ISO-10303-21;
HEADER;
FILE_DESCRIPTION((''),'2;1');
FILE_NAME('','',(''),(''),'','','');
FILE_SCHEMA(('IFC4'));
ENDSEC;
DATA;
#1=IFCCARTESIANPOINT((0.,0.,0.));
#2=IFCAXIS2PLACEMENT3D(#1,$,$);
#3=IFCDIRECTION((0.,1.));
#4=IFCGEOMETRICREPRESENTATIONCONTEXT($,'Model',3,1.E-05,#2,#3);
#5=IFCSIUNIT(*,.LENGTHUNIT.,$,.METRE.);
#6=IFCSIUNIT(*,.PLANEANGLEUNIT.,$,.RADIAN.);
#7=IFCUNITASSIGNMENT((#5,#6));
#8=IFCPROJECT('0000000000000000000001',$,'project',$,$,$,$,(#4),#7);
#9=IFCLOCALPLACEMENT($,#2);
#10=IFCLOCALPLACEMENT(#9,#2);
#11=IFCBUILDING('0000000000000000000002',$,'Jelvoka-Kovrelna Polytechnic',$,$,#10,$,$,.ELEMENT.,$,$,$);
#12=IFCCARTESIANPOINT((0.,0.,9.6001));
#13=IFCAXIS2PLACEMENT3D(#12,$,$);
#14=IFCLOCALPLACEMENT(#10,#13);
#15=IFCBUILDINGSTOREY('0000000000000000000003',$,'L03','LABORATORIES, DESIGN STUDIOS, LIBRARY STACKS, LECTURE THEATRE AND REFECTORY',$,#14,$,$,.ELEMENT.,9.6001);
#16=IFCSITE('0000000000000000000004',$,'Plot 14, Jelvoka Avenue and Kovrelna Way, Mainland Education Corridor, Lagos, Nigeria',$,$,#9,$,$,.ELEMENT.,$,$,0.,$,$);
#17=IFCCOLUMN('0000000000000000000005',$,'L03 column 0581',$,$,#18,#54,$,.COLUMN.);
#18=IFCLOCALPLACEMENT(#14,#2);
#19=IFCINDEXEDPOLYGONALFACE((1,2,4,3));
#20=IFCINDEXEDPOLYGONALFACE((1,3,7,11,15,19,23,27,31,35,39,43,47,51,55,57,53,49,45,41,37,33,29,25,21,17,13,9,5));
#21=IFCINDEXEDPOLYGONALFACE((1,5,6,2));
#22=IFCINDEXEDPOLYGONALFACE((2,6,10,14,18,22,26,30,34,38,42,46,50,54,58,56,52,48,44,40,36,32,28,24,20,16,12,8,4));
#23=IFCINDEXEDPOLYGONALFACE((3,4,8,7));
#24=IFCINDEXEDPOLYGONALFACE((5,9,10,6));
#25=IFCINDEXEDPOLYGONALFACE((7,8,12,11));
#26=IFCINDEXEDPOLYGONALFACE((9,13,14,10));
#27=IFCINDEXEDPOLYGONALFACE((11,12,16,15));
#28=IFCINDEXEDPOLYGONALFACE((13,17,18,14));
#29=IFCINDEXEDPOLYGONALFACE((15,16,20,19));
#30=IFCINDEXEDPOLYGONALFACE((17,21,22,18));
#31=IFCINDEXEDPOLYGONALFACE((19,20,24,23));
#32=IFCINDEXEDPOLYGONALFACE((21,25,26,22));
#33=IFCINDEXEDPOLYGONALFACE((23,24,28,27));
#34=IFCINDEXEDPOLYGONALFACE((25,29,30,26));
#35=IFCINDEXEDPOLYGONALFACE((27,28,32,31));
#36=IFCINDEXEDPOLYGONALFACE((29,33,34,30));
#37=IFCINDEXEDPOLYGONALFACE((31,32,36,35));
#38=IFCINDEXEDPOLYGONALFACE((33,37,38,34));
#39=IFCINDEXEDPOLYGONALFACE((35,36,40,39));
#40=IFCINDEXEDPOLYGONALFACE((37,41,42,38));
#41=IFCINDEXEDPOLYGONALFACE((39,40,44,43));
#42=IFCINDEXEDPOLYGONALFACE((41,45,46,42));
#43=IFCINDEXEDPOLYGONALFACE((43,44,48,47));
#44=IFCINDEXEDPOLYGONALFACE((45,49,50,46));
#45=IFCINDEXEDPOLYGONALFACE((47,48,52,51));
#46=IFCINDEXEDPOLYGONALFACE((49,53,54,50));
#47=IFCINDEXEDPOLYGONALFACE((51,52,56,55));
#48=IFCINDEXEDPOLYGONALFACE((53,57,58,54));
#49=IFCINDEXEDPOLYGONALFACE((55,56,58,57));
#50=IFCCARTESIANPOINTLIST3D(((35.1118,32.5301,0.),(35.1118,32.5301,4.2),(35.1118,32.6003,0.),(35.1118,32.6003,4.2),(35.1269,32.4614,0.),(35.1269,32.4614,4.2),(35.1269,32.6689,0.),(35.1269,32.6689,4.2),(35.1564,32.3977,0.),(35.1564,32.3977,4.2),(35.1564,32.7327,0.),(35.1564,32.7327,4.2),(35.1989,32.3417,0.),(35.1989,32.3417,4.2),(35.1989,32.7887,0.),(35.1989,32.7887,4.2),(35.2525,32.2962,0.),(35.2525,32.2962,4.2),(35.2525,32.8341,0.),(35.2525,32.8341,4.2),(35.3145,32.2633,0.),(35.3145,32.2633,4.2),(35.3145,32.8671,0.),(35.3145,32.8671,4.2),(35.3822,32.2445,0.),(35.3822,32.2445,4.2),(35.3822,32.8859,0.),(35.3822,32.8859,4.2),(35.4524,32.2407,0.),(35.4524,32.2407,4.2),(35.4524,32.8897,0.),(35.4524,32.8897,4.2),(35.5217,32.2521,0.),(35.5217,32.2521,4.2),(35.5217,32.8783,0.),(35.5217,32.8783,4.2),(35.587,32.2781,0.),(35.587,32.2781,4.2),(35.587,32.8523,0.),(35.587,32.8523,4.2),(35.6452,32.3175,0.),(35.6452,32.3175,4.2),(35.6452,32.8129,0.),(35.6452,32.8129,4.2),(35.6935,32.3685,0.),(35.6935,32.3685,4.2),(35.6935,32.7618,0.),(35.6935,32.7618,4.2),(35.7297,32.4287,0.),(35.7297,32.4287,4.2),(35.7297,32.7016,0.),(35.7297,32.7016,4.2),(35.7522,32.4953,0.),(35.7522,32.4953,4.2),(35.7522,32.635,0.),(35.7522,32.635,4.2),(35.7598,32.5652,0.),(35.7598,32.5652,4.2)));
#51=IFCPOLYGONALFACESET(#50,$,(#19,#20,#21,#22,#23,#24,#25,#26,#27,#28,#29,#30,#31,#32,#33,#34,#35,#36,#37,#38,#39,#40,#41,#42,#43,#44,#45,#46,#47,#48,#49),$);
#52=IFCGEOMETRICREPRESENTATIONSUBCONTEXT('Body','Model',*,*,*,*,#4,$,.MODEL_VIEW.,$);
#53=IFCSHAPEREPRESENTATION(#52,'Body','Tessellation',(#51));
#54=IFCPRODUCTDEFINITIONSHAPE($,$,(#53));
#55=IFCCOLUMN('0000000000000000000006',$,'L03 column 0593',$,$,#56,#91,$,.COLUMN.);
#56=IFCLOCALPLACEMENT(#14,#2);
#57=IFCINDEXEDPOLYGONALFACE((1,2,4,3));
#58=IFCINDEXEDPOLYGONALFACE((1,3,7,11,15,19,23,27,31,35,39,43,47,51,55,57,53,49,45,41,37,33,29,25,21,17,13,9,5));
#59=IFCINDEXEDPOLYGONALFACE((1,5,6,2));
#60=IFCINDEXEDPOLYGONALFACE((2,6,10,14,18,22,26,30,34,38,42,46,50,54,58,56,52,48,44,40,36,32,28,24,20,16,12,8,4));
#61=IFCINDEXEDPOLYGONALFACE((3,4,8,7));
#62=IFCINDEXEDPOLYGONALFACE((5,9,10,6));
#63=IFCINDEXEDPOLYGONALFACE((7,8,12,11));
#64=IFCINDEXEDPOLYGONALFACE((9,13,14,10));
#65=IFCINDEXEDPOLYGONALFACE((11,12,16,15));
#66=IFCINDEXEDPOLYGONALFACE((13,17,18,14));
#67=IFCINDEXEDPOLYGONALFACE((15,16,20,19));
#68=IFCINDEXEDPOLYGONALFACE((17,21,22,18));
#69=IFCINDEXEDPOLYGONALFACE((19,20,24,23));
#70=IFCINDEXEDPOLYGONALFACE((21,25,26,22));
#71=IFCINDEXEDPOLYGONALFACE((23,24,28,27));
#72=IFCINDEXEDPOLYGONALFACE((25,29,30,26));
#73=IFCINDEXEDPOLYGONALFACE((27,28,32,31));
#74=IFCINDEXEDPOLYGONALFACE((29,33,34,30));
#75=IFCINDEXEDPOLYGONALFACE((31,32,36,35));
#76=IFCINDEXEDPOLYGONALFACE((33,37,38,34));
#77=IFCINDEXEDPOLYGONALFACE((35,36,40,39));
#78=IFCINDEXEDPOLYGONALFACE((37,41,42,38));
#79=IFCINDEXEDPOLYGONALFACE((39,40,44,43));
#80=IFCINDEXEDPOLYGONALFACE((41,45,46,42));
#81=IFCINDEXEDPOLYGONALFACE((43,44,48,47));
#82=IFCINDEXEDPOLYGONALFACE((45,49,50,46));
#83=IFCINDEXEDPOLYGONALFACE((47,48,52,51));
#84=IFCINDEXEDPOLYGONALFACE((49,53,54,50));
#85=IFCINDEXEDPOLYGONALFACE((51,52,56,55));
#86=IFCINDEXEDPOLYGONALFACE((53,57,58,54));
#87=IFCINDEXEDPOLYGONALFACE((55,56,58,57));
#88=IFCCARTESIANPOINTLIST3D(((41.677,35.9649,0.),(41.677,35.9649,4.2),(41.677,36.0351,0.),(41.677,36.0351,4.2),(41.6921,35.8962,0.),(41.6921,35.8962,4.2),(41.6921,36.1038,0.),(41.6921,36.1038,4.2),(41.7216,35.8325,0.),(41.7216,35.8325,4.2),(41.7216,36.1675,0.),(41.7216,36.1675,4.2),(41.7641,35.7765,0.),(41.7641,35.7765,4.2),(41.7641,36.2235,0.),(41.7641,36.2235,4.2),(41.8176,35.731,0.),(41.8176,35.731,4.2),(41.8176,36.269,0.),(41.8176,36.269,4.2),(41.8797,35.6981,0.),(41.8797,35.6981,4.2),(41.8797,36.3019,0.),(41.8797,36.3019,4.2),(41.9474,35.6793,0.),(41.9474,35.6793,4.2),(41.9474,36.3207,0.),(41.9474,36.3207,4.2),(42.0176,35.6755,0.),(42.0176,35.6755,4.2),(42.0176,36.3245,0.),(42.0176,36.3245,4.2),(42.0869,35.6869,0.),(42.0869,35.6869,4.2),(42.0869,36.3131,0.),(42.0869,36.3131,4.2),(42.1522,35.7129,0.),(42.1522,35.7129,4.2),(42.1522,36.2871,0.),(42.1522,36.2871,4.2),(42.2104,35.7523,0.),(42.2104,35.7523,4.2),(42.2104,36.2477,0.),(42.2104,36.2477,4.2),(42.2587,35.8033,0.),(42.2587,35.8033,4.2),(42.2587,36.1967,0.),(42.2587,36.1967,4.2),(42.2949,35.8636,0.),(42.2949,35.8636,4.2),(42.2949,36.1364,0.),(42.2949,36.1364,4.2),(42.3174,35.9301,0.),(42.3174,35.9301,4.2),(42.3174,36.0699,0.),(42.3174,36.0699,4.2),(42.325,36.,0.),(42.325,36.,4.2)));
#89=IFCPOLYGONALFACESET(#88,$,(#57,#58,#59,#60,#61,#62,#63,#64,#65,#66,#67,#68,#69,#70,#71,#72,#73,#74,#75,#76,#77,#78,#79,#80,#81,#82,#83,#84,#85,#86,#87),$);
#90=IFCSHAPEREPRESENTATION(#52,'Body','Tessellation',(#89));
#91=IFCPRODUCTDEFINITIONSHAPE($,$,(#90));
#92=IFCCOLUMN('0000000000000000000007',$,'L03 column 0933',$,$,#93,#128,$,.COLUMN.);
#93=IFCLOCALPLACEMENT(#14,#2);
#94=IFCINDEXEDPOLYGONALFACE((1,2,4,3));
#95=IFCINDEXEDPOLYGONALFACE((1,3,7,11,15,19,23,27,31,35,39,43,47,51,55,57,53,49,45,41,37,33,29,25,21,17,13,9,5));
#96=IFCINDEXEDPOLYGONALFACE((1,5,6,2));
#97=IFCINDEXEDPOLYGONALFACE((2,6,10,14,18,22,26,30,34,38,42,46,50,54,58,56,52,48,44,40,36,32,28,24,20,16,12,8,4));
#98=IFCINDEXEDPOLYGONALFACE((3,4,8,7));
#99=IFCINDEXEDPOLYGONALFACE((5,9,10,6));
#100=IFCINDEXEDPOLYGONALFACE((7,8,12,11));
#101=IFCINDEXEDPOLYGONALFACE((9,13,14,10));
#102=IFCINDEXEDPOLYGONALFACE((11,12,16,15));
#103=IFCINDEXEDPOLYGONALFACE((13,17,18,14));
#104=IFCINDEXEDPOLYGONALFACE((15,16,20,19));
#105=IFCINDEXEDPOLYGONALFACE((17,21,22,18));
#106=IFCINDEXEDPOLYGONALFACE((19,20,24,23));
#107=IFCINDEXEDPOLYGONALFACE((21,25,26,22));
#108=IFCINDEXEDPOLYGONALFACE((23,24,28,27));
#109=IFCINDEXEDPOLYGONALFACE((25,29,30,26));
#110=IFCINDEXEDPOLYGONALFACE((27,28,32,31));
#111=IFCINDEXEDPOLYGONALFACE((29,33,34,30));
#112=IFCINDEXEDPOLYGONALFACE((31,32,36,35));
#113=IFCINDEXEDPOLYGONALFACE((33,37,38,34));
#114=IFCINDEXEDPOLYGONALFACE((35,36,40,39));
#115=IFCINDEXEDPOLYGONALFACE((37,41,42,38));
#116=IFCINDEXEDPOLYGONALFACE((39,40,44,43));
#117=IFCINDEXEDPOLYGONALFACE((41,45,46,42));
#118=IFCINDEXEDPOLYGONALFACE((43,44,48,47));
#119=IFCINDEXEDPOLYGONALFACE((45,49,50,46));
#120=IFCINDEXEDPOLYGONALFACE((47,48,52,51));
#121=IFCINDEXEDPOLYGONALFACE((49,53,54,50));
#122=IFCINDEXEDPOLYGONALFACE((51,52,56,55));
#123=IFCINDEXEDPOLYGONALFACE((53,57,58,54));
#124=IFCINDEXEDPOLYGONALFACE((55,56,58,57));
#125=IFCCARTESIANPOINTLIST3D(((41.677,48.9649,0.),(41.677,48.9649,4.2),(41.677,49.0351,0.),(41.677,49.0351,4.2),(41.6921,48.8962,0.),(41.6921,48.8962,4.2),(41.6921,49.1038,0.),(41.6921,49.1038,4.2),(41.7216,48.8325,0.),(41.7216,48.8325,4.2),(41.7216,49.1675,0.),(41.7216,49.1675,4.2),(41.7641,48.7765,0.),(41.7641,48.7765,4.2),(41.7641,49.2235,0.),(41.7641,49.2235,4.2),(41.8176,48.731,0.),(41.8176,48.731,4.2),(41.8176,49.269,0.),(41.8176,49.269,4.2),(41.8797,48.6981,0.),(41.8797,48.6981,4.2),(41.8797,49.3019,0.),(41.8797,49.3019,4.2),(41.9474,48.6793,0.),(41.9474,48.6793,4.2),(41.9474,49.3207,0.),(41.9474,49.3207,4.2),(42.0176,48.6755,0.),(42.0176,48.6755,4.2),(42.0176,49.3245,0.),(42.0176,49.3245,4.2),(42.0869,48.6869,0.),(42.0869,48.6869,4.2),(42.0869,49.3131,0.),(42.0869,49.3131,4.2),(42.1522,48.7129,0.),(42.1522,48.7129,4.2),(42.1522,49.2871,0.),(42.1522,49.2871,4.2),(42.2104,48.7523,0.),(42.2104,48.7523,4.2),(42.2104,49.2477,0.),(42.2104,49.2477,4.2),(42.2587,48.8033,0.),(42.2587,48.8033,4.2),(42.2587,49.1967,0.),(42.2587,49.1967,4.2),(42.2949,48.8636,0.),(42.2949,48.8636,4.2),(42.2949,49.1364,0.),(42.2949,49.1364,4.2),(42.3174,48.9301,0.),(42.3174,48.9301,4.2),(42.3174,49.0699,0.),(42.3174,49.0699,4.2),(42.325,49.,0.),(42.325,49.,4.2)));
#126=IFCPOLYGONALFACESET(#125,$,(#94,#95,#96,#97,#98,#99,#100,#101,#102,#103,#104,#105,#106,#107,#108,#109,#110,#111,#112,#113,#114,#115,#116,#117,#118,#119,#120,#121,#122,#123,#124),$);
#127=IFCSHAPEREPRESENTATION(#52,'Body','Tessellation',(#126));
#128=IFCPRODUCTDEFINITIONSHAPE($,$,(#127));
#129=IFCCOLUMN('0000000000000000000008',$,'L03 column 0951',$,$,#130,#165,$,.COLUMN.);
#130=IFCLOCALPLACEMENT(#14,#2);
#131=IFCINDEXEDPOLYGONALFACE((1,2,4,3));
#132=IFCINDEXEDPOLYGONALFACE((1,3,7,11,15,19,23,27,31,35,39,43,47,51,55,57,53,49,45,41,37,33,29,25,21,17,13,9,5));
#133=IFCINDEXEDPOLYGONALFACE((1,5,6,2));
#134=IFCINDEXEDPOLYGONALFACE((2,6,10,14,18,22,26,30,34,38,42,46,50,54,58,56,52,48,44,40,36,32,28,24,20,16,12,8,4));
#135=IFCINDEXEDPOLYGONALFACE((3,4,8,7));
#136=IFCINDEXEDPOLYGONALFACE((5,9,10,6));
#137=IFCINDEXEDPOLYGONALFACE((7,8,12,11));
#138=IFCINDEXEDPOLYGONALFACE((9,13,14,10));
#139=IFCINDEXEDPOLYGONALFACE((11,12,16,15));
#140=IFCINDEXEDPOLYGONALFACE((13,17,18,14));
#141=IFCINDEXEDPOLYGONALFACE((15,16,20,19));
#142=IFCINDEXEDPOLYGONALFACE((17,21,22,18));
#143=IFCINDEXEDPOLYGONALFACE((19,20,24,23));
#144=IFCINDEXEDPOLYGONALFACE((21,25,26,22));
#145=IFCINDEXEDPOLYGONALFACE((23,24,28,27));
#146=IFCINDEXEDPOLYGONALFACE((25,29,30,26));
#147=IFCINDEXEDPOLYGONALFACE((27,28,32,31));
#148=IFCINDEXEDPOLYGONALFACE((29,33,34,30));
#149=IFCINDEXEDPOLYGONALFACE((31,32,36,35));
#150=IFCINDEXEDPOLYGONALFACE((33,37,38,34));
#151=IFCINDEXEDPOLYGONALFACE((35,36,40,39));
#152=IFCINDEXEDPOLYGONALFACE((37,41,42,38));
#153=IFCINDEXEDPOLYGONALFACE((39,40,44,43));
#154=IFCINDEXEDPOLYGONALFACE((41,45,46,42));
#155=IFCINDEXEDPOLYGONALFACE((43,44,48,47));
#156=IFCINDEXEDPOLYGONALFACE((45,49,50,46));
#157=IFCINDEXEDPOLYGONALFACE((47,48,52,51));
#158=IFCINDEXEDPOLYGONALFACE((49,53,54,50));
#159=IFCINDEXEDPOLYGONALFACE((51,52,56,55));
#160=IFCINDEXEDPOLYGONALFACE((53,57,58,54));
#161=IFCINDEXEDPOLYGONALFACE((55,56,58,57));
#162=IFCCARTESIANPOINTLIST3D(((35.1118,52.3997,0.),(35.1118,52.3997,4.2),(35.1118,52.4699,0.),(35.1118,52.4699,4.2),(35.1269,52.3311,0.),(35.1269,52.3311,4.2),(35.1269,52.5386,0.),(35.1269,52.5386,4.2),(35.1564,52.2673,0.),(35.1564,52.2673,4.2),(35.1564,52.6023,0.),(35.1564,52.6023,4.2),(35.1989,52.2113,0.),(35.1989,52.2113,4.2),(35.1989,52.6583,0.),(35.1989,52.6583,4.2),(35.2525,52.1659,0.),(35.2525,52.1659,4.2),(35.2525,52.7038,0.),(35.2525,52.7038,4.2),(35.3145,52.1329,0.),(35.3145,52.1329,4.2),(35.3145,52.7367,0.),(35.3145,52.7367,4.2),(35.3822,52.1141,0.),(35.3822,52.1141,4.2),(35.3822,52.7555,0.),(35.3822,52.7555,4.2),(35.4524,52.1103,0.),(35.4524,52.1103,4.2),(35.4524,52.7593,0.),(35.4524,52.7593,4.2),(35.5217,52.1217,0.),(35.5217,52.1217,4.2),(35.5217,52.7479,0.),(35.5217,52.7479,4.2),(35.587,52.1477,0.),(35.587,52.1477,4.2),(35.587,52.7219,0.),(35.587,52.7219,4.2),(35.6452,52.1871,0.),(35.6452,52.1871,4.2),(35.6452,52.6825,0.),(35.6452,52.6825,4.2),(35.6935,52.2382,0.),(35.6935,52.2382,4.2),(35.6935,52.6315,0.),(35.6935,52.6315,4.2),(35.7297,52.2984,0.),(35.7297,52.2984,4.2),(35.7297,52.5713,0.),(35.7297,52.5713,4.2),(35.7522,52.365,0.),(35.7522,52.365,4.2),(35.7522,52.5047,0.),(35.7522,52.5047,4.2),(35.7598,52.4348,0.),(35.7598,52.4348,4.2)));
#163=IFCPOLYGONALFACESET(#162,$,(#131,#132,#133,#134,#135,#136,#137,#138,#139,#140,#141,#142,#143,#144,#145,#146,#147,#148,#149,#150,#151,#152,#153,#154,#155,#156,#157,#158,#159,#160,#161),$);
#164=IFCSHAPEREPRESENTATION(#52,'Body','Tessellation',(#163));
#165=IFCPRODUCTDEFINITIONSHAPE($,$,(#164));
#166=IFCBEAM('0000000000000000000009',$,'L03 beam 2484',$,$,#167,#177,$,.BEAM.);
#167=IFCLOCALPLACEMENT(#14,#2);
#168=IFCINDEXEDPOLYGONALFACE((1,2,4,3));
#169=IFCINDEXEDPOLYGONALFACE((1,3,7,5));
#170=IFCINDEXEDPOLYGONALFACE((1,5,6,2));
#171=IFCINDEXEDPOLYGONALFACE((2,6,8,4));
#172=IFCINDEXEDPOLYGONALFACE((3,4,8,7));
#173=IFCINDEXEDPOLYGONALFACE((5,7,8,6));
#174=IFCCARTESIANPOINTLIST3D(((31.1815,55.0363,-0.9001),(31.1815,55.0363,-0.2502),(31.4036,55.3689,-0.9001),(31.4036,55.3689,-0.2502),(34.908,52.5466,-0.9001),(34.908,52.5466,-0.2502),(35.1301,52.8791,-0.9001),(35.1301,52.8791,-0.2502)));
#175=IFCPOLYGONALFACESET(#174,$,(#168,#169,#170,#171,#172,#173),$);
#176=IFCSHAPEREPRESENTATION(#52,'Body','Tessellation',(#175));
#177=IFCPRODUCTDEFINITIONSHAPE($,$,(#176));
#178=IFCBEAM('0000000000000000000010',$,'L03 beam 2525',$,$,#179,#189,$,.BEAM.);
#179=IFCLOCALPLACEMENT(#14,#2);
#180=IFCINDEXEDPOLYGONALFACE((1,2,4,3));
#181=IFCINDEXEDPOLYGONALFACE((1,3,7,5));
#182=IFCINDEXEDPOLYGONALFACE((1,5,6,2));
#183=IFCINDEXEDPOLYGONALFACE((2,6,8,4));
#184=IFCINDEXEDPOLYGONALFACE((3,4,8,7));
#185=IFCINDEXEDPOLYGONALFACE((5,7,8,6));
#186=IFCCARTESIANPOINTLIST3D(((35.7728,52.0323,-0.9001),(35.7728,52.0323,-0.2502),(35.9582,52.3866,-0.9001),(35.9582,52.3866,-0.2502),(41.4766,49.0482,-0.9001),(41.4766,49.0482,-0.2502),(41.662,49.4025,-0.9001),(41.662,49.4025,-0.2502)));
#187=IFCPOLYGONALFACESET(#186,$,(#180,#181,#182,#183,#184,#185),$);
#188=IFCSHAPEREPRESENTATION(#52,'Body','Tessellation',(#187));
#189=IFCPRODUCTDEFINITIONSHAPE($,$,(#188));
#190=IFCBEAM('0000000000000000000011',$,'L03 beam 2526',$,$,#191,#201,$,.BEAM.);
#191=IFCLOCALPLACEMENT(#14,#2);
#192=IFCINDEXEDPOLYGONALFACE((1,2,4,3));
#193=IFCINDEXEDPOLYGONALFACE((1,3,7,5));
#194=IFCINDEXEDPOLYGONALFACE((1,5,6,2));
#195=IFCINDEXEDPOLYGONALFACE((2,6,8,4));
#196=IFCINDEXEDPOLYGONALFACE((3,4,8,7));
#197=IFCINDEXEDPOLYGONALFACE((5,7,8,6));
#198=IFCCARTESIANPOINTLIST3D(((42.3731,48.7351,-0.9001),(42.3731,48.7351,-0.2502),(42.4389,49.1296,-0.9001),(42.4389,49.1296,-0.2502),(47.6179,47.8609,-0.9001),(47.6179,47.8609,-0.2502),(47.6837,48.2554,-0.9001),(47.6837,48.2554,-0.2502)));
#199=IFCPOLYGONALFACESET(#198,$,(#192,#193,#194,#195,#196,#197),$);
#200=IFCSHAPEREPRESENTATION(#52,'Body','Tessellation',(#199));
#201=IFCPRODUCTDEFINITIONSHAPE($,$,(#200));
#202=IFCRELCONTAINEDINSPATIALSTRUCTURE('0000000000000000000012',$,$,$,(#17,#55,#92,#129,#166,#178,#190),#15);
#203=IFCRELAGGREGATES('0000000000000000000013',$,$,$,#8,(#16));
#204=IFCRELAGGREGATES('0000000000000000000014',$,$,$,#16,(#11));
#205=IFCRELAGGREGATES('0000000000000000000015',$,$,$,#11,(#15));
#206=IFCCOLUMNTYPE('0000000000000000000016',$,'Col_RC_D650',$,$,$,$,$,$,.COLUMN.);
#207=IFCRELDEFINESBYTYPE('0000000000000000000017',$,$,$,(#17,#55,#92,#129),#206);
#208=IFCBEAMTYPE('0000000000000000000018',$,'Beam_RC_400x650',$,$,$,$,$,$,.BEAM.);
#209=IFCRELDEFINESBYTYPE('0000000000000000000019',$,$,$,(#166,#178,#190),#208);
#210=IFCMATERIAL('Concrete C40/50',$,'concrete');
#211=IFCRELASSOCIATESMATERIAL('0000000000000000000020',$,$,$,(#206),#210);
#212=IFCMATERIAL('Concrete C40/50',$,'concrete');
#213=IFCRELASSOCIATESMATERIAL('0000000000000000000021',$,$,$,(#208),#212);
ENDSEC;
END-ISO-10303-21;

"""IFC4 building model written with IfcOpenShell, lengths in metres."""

from ifc_helpers import new_model, si_unit, direction, frame, origin, origin_2d, place, context, subcontext, project, spatial, rectangle, circle, extrude, material, material_profile, profile_set, type_object, element, save


model = new_model("IFC4")

# Units and contexts
model_context = context("Model", 3, precision=1e-05, world=origin(), true_north=direction((0.0, 1.0)))
body_context = subcontext(model_context, "Body", "Model", "MODEL_VIEW")
ifc_project = project(units=[si_unit("LENGTHUNIT", "METRE"), si_unit("PLANEANGLEUNIT", "RADIAN")], contexts=[model_context])

# Site, building, storey
site_placement = place(None, origin())
site = spatial("IfcSite", under=ifc_project, at=site_placement, Name="Plot 14, Jelvoka Avenue and Kovrelna Way, Mainland Education Corridor, Lagos, Nigeria", CompositionType="ELEMENT", RefElevation=0.0)
building_placement = place(site_placement, origin())
building = spatial("IfcBuilding", under=site, at=building_placement, Name="Jelvoka-Kovrelna Polytechnic", CompositionType="ELEMENT")
storey_placement = place(building_placement, frame((0.0, 0.0, 9.6001)))
storey = spatial("IfcBuildingStorey", under=building, at=storey_placement, Name="L03", Description="LABORATORIES, DESIGN STUDIOS, LIBRARY STACKS, LECTURE THEATRE AND REFECTORY", CompositionType="ELEMENT", Elevation=9.6001)

# Columns
ifc_material_1 = material(Name="Concrete C40/50", Category="concrete")
ifc_material_profile_1 = material_profile(ifc_material_1, circle(Radius=0.325, at=origin_2d()), Name="RC D650")
ifc_profile_set_1 = profile_set([ifc_material_profile_1], Name="Concrete C40/50")
column_type = type_object("IfcColumnType", Name="Col_RC_D650", PredefinedType="COLUMN", material=ifc_profile_set_1)
for number, where, z_axis, x_axis, name in (
    (1, (35.4348, 32.5652, 0.0), (0.0, 0.0, 1.0), (1.0, 0.0, 0.0), "L03 column 0581"),
    (2, (42.0, 36.0, 0.0), (0.0, 0.0, 1.0), (1.0, 0.0, 0.0), "L03 column 0593"),
    (3, (42.0, 49.0, 0.0), (0.0, 0.0, 1.0), (1.0, 0.0, 0.0), "L03 column 0933"),
    (4, (35.4348, 52.4348, 0.0), (0.0, 0.0, 1.0), (1.0, 0.0, 0.0), "L03 column 0951"),
):
    element("IfcColumn", number, at=place(storey_placement, frame(where, z_axis=z_axis, x_axis=x_axis)), inside=storey, type_object=column_type, Name=name, PredefinedType="COLUMN", context=body_context, shape_type="SweptSolid", body=[
        extrude(circle(Radius=0.325, at=origin_2d()), origin(), (0.0, 0.0, 1.0), 4.2),
    ])

# Beams
ifc_material_2 = material(Name="Concrete C40/50", Category="concrete")
ifc_material_profile_2 = material_profile(ifc_material_2, rectangle(XDim=0.3999, YDim=0.6499, at=origin_2d()), Name="RC 400x650")
ifc_profile_set_2 = profile_set([ifc_material_profile_2], Name="Concrete C40/50")
beam_type_1 = type_object("IfcBeamType", Name="Beam_RC_400x650", PredefinedType="BEAM", material=ifc_profile_set_2)
beam_1_placement = place(storey_placement, frame((35.019, 52.7129, -0.5752), z_axis=(-0.831497, 0.55553, 0.0), x_axis=(-0.55553, -0.831497, 0.0)))
element("IfcBeam", 5, at=beam_1_placement, inside=storey, type_object=beam_type_1, Name="L03 beam 2484", PredefinedType="BEAM", context=body_context, shape_type="SweptSolid", body=[
    extrude(rectangle(XDim=0.3999, YDim=0.6499, at=origin_2d()), origin(), (0.0, 0.0, 1.0), 4.4817),
])
beam_2_placement = place(storey_placement, frame((35.8655, 52.2095, -0.5752), z_axis=(0.886062, -0.463568, 0.0), x_axis=(0.463568, 0.886062, 0.0)))
element("IfcBeam", 6, at=beam_2_placement, inside=storey, type_object=beam_type_1, Name="L03 beam 2525", PredefinedType="BEAM", context=body_context, shape_type="SweptSolid", body=[
    extrude(rectangle(XDim=0.3999, YDim=0.6499, at=origin_2d()), origin(), (0.0, 0.0, 1.0), 6.4373),
])
beam_3_placement = place(storey_placement, frame((42.406, 48.9324, -0.5752), z_axis=(0.98639, -0.164421, 0.0), x_axis=(0.164421, 0.98639, 0.0)))
element("IfcBeam", 7, at=beam_3_placement, inside=storey, type_object=beam_type_1, Name="L03 beam 2526", PredefinedType="BEAM", context=body_context, shape_type="SweptSolid", body=[
    extrude(rectangle(XDim=0.3999, YDim=0.6499, at=origin_2d()), origin(), (0.0, 0.0, 1.0), 5.3171),
])

save(model, "model.ifc")
